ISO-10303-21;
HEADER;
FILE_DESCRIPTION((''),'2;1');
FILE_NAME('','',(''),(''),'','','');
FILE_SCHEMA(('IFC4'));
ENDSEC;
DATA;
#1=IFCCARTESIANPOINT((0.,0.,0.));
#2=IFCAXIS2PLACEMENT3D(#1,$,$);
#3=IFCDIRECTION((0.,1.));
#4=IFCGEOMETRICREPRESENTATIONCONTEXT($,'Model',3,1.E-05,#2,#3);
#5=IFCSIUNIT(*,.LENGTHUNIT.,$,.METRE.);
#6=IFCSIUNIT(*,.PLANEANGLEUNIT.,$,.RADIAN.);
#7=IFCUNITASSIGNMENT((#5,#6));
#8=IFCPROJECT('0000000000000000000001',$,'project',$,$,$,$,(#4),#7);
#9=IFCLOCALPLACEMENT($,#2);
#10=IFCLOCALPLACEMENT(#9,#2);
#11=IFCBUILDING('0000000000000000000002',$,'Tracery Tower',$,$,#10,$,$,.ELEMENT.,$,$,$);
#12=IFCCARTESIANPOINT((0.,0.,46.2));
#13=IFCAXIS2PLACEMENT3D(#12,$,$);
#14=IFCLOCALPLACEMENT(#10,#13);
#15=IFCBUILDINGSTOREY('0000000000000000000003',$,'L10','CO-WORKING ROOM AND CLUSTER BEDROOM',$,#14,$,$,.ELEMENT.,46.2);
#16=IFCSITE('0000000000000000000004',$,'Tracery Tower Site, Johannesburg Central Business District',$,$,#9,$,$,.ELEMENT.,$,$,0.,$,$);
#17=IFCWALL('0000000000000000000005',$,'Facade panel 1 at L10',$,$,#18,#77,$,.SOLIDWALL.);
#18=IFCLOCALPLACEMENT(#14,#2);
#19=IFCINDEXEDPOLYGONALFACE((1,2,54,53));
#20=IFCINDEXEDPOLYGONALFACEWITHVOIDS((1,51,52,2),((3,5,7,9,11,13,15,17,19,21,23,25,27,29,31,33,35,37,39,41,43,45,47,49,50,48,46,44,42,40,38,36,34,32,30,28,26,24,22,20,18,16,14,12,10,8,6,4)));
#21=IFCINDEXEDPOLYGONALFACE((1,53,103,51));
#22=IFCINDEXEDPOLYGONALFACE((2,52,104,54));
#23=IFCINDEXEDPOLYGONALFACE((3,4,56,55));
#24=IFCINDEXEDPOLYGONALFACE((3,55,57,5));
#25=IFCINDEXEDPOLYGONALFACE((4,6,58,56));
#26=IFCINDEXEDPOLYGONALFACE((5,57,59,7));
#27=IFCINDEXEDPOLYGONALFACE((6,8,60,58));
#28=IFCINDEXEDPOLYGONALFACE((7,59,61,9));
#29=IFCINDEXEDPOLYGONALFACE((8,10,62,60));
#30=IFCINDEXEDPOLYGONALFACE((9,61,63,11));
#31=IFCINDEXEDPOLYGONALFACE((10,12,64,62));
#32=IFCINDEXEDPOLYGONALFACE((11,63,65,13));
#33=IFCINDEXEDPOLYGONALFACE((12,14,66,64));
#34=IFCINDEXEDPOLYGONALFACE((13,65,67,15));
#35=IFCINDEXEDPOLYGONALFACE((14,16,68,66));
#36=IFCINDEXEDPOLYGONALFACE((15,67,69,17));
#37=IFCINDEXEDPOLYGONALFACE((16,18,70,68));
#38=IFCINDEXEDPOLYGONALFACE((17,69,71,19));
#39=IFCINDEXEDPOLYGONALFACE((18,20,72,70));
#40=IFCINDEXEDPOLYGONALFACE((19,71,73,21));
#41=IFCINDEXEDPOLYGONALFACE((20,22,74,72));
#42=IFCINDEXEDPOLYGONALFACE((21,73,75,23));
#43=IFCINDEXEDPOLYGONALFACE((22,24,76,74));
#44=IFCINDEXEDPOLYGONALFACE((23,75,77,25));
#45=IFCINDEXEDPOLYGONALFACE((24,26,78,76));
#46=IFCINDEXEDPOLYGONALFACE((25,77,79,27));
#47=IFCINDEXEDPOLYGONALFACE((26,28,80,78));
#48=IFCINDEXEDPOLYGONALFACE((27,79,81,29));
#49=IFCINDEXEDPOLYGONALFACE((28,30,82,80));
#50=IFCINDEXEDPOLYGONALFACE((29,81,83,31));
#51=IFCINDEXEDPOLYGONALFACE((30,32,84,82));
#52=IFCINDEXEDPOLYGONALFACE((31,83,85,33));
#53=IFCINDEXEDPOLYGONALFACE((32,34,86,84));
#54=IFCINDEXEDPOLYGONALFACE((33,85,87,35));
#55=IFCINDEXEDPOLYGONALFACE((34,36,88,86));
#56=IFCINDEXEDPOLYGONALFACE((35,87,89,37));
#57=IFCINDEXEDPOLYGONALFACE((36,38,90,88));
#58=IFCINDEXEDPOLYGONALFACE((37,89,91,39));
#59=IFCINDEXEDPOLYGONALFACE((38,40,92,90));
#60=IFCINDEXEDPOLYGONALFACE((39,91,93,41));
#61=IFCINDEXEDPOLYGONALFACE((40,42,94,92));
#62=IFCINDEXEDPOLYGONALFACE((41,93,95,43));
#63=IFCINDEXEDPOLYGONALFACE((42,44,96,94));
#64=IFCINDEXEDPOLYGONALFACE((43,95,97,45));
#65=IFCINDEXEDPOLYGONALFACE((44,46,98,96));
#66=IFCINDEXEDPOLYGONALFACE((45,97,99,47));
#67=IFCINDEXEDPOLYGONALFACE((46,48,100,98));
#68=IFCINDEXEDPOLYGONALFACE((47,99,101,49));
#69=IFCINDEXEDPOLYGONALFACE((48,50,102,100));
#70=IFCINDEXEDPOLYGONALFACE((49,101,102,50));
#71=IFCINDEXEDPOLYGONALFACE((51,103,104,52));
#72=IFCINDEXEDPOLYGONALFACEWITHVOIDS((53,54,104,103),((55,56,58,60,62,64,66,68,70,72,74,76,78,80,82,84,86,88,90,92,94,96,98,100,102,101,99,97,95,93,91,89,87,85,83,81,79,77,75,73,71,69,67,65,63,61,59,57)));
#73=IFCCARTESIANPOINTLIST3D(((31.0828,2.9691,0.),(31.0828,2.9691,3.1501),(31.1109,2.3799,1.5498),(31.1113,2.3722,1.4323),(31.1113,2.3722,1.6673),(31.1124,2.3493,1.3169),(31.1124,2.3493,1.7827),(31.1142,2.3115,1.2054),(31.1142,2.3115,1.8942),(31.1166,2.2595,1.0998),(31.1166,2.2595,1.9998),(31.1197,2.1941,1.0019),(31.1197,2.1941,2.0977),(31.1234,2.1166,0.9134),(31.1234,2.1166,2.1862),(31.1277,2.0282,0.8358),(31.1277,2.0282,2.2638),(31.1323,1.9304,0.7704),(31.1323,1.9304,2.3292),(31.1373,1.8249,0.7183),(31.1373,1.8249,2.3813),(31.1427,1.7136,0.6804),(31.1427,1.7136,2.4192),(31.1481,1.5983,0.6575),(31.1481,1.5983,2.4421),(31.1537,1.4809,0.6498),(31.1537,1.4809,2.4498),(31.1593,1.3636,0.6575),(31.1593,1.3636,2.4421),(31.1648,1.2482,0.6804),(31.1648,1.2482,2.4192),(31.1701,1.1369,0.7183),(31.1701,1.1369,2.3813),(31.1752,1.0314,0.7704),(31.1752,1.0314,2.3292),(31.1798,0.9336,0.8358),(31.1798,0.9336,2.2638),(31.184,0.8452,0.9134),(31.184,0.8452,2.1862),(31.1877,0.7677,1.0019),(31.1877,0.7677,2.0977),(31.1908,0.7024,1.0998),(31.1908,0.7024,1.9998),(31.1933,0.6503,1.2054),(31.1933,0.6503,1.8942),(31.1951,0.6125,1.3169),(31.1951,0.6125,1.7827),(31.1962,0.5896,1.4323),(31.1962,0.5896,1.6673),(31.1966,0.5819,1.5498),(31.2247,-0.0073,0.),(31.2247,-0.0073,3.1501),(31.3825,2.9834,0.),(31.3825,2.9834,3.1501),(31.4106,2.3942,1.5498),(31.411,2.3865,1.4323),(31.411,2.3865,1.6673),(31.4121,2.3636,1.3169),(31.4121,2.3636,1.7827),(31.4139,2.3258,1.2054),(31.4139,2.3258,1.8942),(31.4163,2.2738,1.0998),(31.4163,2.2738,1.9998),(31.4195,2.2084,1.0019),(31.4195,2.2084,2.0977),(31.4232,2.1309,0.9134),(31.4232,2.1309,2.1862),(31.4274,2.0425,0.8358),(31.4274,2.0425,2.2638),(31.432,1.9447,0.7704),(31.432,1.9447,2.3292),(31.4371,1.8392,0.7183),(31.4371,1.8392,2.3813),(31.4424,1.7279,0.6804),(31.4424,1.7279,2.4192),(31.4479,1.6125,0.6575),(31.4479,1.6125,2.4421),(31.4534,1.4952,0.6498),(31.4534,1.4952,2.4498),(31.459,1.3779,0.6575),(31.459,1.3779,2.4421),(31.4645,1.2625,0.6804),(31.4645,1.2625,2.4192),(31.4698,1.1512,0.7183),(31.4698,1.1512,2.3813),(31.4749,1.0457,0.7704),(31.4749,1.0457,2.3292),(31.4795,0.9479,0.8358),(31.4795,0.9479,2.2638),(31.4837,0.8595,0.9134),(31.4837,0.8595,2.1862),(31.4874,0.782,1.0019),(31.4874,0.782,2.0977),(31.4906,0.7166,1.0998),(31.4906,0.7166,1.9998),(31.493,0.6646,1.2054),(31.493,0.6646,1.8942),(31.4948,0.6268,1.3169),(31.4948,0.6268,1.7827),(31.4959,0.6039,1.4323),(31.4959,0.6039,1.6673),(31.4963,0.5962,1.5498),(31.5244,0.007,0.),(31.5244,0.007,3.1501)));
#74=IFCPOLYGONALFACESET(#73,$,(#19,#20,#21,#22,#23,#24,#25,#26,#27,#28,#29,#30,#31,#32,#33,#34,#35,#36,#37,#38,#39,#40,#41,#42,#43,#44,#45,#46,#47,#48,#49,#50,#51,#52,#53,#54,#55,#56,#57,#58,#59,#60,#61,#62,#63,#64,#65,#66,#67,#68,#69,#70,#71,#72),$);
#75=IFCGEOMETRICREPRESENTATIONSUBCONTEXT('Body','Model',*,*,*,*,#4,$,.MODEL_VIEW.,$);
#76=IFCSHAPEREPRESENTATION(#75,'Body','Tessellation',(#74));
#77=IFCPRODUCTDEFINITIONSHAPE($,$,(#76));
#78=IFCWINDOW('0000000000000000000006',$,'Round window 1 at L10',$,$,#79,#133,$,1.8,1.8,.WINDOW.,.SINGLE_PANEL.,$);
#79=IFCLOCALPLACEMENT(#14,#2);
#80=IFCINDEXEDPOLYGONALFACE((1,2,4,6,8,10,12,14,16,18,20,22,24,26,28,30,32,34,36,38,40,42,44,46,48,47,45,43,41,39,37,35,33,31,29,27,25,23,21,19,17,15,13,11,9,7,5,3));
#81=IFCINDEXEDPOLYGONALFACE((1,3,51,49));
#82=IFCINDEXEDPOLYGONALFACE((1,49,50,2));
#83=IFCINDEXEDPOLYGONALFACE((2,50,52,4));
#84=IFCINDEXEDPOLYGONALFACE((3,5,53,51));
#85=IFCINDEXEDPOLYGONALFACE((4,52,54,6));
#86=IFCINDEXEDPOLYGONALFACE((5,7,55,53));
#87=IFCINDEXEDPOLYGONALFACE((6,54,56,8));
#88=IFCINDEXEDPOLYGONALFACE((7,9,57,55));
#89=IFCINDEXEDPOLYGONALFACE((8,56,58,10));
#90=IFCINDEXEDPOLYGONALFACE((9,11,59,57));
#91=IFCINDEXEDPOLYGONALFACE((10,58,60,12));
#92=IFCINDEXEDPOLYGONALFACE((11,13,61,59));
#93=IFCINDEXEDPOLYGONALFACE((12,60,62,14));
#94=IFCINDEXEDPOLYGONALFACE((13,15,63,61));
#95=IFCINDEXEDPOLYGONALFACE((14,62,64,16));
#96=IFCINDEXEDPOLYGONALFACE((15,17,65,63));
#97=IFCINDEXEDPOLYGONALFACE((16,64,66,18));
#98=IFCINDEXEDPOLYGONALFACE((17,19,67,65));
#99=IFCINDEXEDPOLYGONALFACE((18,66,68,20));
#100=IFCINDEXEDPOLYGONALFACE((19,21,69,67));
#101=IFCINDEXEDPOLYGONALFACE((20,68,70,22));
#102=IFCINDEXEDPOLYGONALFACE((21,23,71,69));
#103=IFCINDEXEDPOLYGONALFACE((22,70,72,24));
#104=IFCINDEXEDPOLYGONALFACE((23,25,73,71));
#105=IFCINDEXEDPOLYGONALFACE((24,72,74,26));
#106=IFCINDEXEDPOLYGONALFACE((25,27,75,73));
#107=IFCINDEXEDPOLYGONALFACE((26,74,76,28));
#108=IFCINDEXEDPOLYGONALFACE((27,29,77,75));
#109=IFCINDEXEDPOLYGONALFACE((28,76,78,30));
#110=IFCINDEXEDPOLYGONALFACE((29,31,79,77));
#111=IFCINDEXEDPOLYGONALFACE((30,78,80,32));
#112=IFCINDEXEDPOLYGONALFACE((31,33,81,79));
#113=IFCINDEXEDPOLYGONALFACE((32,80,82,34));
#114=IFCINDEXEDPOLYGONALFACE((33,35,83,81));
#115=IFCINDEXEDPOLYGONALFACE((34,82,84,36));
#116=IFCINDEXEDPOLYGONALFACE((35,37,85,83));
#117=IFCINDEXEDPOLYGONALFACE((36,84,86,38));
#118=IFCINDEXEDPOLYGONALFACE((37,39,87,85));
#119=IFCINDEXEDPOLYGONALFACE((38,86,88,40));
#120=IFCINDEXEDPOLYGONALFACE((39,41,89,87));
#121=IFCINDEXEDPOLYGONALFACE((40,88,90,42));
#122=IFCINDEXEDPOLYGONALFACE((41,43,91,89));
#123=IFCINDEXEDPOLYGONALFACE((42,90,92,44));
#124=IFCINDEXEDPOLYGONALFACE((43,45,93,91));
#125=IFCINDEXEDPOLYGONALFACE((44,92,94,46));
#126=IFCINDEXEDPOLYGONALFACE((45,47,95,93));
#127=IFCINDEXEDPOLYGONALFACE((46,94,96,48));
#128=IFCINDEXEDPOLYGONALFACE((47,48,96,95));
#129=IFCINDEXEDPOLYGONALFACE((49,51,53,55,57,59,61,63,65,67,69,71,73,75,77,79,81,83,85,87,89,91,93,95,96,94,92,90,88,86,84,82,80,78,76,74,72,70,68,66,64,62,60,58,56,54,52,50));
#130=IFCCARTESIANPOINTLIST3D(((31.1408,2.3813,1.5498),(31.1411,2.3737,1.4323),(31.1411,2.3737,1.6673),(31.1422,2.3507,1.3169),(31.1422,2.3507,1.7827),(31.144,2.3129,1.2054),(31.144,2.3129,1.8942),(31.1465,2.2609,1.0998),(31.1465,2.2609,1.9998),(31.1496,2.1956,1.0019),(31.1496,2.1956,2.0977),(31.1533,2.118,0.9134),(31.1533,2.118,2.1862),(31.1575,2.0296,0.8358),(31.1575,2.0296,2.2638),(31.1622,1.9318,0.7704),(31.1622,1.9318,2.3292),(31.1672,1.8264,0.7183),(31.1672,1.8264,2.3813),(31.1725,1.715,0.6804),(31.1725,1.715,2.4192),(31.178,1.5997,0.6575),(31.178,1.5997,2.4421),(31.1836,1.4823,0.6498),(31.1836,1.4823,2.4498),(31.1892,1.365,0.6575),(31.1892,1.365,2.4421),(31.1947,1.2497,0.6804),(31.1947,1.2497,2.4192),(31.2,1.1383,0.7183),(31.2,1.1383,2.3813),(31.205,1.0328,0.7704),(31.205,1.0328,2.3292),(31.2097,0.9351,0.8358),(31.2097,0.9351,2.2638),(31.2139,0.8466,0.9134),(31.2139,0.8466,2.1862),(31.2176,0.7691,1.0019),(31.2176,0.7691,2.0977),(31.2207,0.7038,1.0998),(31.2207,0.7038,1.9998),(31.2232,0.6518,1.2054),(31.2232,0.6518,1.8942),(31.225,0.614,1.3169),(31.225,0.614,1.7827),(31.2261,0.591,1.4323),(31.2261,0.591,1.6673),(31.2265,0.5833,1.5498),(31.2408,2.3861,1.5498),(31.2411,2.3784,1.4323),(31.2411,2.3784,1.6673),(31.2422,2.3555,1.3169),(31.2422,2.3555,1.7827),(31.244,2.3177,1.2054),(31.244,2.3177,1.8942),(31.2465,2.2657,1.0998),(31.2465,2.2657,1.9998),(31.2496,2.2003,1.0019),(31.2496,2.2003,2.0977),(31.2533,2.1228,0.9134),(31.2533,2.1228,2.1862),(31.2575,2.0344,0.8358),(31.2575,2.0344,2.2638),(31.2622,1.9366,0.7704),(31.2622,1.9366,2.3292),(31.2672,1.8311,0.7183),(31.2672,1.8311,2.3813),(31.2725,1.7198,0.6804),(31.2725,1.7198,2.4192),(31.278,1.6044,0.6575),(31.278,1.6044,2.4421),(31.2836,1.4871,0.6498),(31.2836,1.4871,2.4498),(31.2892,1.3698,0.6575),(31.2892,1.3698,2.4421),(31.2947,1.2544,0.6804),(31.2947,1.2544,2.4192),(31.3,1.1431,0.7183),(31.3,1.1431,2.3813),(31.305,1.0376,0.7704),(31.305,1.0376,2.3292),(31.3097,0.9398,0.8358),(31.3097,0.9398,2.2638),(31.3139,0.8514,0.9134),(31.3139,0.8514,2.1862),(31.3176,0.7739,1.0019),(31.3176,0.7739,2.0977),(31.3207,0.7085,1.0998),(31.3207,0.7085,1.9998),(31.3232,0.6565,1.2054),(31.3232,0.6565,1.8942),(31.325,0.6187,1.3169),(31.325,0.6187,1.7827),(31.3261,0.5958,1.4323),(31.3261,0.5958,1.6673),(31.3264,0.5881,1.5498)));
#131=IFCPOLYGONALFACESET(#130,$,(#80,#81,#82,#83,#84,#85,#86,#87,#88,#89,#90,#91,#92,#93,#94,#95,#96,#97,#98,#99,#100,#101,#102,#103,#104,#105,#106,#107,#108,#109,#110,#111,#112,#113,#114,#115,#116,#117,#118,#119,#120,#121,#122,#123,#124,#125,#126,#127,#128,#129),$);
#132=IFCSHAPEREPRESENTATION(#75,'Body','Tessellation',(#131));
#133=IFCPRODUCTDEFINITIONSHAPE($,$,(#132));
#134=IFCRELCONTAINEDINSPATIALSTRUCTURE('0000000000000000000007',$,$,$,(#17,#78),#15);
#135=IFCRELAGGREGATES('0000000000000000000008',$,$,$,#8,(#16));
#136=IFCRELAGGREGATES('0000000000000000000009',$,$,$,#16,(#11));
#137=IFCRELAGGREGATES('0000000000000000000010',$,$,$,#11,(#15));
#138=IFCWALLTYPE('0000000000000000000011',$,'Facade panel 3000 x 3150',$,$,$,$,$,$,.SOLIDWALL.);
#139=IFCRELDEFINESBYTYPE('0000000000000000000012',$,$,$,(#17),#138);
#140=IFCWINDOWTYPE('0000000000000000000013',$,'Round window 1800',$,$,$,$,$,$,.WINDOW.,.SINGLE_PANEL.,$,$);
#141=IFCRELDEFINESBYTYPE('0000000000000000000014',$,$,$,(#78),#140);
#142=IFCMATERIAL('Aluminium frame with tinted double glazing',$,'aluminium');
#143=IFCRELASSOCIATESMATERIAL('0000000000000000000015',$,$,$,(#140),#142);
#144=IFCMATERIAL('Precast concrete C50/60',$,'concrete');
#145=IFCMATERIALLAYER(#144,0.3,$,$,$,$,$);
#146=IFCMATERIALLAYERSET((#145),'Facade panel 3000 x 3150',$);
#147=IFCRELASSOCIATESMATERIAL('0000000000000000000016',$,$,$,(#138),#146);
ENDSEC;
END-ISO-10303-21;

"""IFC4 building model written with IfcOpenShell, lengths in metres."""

from ifc_helpers import new_model, si_unit, direction, frame, frame_2d, origin, origin_2d, place, context, subcontext, project, spatial, rectangle, circle, extrude, material, layer, layer_set, type_object, element, fill, save


model = new_model("IFC4")

# Units and contexts
model_context = context("Model", 3, precision=1e-05, world=origin(), true_north=direction((0.0, 1.0)))
body_context = subcontext(model_context, "Body", "Model", "MODEL_VIEW")
ifc_project = project(units=[si_unit("LENGTHUNIT", "METRE"), si_unit("PLANEANGLEUNIT", "RADIAN")], contexts=[model_context])

# Site, building, storey
site_placement = place(None, origin())
site = spatial("IfcSite", under=ifc_project, at=site_placement, Name="Tracery Tower Site, Johannesburg Central Business District", CompositionType="ELEMENT", RefElevation=0.0)
building_placement = place(site_placement, origin())
building = spatial("IfcBuilding", under=site, at=building_placement, Name="Tracery Tower", CompositionType="ELEMENT")
storey_placement = place(building_placement, frame((0.0, 0.0, 46.2)))
storey = spatial("IfcBuildingStorey", under=building, at=storey_placement, Name="L10", Description="CO-WORKING ROOM AND CLUSTER BEDROOM", CompositionType="ELEMENT", Elevation=46.2)

# Wall, opening, window
ifc_material_1 = material(Name="Aluminium frame with tinted double glazing", Category="aluminium")
window_type = type_object("IfcWindowType", Name="Round window 1800", PartitioningType="SINGLE_PANEL", PredefinedType="WINDOW", material=ifc_material_1)
ifc_material_2 = material(Name="Precast concrete C50/60", Category="concrete")
ifc_layer_1 = layer(ifc_material_2, 0.3)
ifc_layer_set_1 = layer_set([ifc_layer_1], Name="Facade panel 3000 x 3150")
wall_type_1 = type_object("IfcWallType", Name="Facade panel 3000 x 3150", PredefinedType="SOLIDWALL", material=ifc_layer_set_1)
wall_1_placement = place(storey_placement, frame((31.3745, 0.0, 0.0), z_axis=(0.0, 0.0, 1.0), x_axis=(-0.047604, 0.998866, 0.0)))
wall_1 = element("IfcWall", 1, at=wall_1_placement, inside=storey, type_object=wall_type_1, Name="Facade panel 1 at L10", PredefinedType="SOLIDWALL", context=body_context, shape_type="SweptSolid", body=[
    extrude(rectangle(XDim=2.9797, YDim=0.3, at=frame_2d((1.4897, 0.0))), origin(), (0.0, 0.0, 1.0), 3.1501),
])
opening_1_placement = place(wall_1_placement, frame((1.4897, 0.0, 1.5498)))
opening_1 = element("IfcOpeningElement", 2, at=opening_1_placement, cuts=wall_1, PredefinedType="OPENING", context=body_context, shape_type="SweptSolid", body=[
    extrude(circle(Radius=0.9, at=origin_2d()), frame((0.0, 0.1599, 0.0), z_axis=(0.0, -1.0, 0.0), x_axis=(1.0, 0.0, 0.0)), (0.0, 0.0, 1.0), 0.3201),
])
window_1_placement = place(opening_1_placement, origin())
window_1 = element("IfcWindow", 3, at=window_1_placement, inside=storey, type_object=window_type, Name="Round window 1 at L10", OverallHeight=1.8, OverallWidth=1.8, PartitioningType="SINGLE_PANEL", PredefinedType="WINDOW", context=body_context, shape_type="SweptSolid", body=[
    extrude(circle(Radius=0.9, at=origin_2d()), frame((0.0, 0.1201, 0.0), z_axis=(0.0, -1.0, 0.0), x_axis=(1.0, 0.0, 0.0)), (0.0, 0.0, 1.0), 0.1001),
])
fill(opening_1, window_1)

save(model, "model.ifc")
